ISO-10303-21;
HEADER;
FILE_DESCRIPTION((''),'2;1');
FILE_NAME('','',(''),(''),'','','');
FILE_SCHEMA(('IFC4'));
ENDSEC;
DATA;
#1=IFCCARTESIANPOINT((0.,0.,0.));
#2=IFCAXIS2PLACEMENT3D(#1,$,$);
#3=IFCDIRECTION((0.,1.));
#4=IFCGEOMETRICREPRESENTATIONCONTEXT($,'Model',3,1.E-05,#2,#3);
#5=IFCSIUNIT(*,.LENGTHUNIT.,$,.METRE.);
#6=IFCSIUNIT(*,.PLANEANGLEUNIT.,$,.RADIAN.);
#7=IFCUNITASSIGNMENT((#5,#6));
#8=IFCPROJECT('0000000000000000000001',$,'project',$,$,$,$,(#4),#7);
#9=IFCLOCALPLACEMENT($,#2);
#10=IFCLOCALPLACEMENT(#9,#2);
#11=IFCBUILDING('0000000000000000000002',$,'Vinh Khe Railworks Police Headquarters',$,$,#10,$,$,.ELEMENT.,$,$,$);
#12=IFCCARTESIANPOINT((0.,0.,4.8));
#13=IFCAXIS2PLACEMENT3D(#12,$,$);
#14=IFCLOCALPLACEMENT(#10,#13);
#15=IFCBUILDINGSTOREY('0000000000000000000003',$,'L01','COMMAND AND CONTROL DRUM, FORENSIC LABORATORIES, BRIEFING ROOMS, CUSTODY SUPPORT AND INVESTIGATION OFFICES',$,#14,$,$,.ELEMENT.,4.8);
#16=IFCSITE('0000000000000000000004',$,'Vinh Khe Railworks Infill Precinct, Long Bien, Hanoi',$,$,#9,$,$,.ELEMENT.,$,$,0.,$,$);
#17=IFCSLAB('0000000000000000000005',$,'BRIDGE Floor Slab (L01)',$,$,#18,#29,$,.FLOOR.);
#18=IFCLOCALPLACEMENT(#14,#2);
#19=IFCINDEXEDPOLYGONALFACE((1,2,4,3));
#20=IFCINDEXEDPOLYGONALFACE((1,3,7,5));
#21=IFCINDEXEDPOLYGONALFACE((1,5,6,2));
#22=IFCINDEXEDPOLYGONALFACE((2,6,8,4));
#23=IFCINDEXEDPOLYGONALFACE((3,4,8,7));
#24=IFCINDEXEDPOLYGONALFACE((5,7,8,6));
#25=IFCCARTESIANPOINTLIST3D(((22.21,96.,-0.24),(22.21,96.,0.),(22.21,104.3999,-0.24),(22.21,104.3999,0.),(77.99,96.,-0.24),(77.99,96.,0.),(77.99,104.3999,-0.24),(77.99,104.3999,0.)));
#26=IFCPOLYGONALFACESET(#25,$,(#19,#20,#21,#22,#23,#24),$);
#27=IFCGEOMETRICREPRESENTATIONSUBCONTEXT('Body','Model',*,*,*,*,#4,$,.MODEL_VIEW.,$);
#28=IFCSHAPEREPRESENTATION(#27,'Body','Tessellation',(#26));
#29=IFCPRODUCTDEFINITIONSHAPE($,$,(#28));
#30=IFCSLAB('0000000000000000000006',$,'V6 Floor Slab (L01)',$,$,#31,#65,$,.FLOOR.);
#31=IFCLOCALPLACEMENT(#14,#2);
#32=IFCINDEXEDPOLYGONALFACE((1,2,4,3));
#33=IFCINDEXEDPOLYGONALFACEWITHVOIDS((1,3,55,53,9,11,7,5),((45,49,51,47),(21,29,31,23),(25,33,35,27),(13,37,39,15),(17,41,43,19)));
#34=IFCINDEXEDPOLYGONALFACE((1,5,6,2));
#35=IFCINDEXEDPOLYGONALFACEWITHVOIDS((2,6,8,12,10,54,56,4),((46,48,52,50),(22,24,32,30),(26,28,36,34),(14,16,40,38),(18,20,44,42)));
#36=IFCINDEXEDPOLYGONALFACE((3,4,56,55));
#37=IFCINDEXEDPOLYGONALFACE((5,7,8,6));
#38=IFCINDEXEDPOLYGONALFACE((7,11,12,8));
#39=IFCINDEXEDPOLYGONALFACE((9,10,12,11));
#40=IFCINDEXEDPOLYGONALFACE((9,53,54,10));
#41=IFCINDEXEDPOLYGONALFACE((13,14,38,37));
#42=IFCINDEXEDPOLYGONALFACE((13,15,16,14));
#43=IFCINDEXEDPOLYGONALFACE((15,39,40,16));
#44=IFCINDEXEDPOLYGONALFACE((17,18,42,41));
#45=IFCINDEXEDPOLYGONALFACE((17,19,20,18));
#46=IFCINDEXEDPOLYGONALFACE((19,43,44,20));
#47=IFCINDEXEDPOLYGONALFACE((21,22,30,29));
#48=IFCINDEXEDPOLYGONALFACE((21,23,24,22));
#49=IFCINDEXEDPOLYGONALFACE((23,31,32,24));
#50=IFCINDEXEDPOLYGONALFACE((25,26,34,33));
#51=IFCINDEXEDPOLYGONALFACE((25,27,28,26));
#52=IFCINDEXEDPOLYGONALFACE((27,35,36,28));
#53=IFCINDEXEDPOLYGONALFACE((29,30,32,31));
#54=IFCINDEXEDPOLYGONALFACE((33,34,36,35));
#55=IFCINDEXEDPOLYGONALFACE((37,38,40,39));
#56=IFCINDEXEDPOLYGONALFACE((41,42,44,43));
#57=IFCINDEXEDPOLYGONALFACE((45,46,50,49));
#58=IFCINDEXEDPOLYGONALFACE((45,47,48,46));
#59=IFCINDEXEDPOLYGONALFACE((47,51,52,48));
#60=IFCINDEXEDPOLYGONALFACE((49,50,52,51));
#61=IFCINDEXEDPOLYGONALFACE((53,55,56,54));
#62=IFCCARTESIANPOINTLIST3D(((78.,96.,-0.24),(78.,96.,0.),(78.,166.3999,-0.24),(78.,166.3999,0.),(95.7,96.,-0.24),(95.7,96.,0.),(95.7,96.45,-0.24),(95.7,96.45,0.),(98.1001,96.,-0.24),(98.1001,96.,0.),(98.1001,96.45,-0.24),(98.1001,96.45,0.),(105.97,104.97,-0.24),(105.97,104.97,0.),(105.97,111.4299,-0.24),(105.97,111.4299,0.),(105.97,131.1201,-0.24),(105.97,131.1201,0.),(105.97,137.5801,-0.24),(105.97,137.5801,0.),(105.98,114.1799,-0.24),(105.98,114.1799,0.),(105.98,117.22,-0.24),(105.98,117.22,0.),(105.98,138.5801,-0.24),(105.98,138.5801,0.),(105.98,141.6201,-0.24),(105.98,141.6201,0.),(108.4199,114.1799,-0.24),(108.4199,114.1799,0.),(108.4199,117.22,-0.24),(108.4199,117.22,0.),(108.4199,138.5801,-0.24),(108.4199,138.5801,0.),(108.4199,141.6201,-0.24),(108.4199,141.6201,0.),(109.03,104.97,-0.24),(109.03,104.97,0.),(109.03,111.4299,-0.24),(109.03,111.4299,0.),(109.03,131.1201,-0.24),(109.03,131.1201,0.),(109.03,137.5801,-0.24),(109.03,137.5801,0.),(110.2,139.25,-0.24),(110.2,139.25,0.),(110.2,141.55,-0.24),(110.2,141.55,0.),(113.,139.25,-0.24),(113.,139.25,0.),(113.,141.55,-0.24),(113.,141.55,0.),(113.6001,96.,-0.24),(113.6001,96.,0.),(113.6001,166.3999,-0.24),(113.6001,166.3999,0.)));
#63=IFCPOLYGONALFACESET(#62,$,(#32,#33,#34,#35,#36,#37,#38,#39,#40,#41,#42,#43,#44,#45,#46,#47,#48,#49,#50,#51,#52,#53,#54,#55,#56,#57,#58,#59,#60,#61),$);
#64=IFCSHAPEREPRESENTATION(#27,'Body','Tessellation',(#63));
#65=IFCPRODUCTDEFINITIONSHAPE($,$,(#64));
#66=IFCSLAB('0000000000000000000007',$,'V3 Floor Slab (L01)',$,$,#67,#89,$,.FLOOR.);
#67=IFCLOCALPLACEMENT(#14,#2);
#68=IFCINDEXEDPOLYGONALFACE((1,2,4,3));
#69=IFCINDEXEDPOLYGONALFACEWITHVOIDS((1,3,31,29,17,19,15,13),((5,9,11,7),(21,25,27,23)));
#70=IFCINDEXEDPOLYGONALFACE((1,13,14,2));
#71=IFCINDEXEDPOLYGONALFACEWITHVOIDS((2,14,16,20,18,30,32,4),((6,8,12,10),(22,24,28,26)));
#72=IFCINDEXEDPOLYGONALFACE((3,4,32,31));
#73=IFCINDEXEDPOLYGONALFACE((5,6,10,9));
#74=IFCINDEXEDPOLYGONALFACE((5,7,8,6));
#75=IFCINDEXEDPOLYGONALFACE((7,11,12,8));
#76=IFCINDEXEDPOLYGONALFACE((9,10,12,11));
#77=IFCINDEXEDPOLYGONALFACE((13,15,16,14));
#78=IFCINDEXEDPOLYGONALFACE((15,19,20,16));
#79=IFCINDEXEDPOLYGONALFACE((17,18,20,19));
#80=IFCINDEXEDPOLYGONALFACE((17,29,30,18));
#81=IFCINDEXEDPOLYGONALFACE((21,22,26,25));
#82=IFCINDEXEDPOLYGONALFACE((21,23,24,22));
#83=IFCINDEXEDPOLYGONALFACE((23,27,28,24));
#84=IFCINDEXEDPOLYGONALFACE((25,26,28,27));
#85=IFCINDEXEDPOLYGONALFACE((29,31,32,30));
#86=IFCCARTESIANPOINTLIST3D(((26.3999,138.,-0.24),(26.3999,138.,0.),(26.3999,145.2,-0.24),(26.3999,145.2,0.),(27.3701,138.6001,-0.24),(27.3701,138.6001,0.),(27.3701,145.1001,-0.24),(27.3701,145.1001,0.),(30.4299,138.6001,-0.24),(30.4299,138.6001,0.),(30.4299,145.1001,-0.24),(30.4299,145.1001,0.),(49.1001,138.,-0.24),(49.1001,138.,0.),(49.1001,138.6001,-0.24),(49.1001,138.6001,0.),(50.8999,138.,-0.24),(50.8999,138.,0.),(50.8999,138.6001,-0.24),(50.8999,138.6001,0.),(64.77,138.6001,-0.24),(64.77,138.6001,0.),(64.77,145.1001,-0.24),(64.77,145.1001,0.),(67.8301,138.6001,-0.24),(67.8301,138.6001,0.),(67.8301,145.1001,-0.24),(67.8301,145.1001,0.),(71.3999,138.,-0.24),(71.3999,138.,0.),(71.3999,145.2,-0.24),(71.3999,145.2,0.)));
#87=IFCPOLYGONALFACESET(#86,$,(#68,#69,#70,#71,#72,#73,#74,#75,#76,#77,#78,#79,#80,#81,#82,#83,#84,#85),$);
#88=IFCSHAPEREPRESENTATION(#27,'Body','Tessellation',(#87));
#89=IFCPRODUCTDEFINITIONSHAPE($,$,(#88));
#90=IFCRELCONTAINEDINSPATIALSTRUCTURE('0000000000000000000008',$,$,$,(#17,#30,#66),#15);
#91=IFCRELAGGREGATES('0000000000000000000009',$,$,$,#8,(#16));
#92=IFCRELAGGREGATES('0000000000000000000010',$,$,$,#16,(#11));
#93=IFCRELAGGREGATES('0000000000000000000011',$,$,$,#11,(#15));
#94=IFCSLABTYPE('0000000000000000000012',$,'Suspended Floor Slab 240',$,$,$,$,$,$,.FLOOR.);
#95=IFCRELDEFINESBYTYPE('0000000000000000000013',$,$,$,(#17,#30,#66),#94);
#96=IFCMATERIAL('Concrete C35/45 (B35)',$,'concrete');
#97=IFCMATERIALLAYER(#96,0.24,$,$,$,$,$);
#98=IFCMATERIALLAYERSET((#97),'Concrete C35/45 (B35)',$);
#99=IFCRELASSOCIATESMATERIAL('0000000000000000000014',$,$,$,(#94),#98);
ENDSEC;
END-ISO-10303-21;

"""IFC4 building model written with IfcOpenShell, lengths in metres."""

from ifc_helpers import new_model, si_unit, direction, frame, origin, place, context, subcontext, project, spatial, polyline, outline, extrude, material, layer, layer_set, type_object, element, save


model = new_model("IFC4")

# Units and contexts
model_context = context("Model", 3, precision=1e-05, world=origin(), true_north=direction((0.0, 1.0)))
body_context = subcontext(model_context, "Body", "Model", "MODEL_VIEW")
ifc_project = project(units=[si_unit("LENGTHUNIT", "METRE"), si_unit("PLANEANGLEUNIT", "RADIAN")], contexts=[model_context])

# Site, building, storey
site_placement = place(None, origin())
site = spatial("IfcSite", under=ifc_project, at=site_placement, Name="Vinh Khe Railworks Infill Precinct, Long Bien, Hanoi", CompositionType="ELEMENT", RefElevation=0.0)
building_placement = place(site_placement, origin())
building = spatial("IfcBuilding", under=site, at=building_placement, Name="Vinh Khe Railworks Police Headquarters", CompositionType="ELEMENT")
storey_placement = place(building_placement, frame((0.0, 0.0, 4.8)))
storey = spatial("IfcBuildingStorey", under=building, at=storey_placement, Name="L01", Description="COMMAND AND CONTROL DRUM, FORENSIC LABORATORIES, BRIEFING ROOMS, CUSTODY SUPPORT AND INVESTIGATION OFFICES", CompositionType="ELEMENT", Elevation=4.8)

# Shared definitions
ifc_material_1 = material(Name="Concrete C35/45 (B35)", Category="concrete")

# Slabs
ifc_layer_1 = layer(ifc_material_1, 0.24)
ifc_layer_set_1 = layer_set([ifc_layer_1], Name="Concrete C35/45 (B35)")
slab_type_1 = type_object("IfcSlabType", Name="Suspended Floor Slab 240", PredefinedType="FLOOR", material=ifc_layer_set_1)
slab_1_placement = place(storey_placement, frame((0.0, 0.0, -0.24)))
element("IfcSlab", 1, at=slab_1_placement, inside=storey, type_object=slab_type_1, Name="BRIDGE Floor Slab (L01)", PredefinedType="FLOOR", context=body_context, shape_type="SweptSolid", body=[
    extrude(outline(polyline([(22.21, 96.0), (77.99, 96.0), (77.99, 104.3999), (22.21, 104.3999), (22.21, 96.0)])), origin(), (0.0, 0.0, 1.0), 0.24),
])
slab_2_placement = place(storey_placement, frame((0.0, 0.0, -0.24)))
element("IfcSlab", 2, at=slab_2_placement, inside=storey, type_object=slab_type_1, Name="V6 Floor Slab (L01)", PredefinedType="FLOOR", context=body_context, shape_type="SweptSolid", body=[
    extrude(outline(polyline([(78.0, 96.0), (95.7, 96.0), (95.7, 96.45), (98.1001, 96.45), (98.1001, 96.0), (113.6001, 96.0), (113.6001, 166.3999), (78.0, 166.3999), (78.0, 96.0)]), holes=[polyline([(105.97, 131.1201), (109.03, 131.1201), (109.03, 137.5801), (105.97, 137.5801), (105.97, 131.1201)]), polyline([(105.98, 138.5801), (108.4199, 138.5801), (108.4199, 141.6201), (105.98, 141.6201), (105.98, 138.5801)]), polyline([(105.97, 104.97), (109.03, 104.97), (109.03, 111.4299), (105.97, 111.4299), (105.97, 104.97)]), polyline([(105.98, 114.1799), (108.4199, 114.1799), (108.4199, 117.22), (105.98, 117.22), (105.98, 114.1799)]), polyline([(110.2, 139.25), (113.0, 139.25), (113.0, 141.55), (110.2, 141.55), (110.2, 139.25)])]), origin(), (0.0, 0.0, 1.0), 0.24),
])
slab_3_placement = place(storey_placement, frame((0.0, 0.0, -0.24)))
element("IfcSlab", 3, at=slab_3_placement, inside=storey, type_object=slab_type_1, Name="V3 Floor Slab (L01)", PredefinedType="FLOOR", context=body_context, shape_type="SweptSolid", body=[
    extrude(outline(polyline([(26.3999, 138.0), (49.1001, 138.0), (49.1001, 138.6001), (50.8999, 138.6001), (50.8999, 138.0), (71.3999, 138.0), (71.3999, 145.2), (26.3999, 145.2), (26.3999, 138.0)]), holes=[polyline([(64.77, 138.6001), (67.8301, 138.6001), (67.8301, 145.1001), (64.77, 145.1001), (64.77, 138.6001)]), polyline([(27.3701, 138.6001), (30.4299, 138.6001), (30.4299, 145.1001), (27.3701, 145.1001), (27.3701, 138.6001)])]), origin(), (0.0, 0.0, 1.0), 0.24),
])

save(model, "model.ifc")
